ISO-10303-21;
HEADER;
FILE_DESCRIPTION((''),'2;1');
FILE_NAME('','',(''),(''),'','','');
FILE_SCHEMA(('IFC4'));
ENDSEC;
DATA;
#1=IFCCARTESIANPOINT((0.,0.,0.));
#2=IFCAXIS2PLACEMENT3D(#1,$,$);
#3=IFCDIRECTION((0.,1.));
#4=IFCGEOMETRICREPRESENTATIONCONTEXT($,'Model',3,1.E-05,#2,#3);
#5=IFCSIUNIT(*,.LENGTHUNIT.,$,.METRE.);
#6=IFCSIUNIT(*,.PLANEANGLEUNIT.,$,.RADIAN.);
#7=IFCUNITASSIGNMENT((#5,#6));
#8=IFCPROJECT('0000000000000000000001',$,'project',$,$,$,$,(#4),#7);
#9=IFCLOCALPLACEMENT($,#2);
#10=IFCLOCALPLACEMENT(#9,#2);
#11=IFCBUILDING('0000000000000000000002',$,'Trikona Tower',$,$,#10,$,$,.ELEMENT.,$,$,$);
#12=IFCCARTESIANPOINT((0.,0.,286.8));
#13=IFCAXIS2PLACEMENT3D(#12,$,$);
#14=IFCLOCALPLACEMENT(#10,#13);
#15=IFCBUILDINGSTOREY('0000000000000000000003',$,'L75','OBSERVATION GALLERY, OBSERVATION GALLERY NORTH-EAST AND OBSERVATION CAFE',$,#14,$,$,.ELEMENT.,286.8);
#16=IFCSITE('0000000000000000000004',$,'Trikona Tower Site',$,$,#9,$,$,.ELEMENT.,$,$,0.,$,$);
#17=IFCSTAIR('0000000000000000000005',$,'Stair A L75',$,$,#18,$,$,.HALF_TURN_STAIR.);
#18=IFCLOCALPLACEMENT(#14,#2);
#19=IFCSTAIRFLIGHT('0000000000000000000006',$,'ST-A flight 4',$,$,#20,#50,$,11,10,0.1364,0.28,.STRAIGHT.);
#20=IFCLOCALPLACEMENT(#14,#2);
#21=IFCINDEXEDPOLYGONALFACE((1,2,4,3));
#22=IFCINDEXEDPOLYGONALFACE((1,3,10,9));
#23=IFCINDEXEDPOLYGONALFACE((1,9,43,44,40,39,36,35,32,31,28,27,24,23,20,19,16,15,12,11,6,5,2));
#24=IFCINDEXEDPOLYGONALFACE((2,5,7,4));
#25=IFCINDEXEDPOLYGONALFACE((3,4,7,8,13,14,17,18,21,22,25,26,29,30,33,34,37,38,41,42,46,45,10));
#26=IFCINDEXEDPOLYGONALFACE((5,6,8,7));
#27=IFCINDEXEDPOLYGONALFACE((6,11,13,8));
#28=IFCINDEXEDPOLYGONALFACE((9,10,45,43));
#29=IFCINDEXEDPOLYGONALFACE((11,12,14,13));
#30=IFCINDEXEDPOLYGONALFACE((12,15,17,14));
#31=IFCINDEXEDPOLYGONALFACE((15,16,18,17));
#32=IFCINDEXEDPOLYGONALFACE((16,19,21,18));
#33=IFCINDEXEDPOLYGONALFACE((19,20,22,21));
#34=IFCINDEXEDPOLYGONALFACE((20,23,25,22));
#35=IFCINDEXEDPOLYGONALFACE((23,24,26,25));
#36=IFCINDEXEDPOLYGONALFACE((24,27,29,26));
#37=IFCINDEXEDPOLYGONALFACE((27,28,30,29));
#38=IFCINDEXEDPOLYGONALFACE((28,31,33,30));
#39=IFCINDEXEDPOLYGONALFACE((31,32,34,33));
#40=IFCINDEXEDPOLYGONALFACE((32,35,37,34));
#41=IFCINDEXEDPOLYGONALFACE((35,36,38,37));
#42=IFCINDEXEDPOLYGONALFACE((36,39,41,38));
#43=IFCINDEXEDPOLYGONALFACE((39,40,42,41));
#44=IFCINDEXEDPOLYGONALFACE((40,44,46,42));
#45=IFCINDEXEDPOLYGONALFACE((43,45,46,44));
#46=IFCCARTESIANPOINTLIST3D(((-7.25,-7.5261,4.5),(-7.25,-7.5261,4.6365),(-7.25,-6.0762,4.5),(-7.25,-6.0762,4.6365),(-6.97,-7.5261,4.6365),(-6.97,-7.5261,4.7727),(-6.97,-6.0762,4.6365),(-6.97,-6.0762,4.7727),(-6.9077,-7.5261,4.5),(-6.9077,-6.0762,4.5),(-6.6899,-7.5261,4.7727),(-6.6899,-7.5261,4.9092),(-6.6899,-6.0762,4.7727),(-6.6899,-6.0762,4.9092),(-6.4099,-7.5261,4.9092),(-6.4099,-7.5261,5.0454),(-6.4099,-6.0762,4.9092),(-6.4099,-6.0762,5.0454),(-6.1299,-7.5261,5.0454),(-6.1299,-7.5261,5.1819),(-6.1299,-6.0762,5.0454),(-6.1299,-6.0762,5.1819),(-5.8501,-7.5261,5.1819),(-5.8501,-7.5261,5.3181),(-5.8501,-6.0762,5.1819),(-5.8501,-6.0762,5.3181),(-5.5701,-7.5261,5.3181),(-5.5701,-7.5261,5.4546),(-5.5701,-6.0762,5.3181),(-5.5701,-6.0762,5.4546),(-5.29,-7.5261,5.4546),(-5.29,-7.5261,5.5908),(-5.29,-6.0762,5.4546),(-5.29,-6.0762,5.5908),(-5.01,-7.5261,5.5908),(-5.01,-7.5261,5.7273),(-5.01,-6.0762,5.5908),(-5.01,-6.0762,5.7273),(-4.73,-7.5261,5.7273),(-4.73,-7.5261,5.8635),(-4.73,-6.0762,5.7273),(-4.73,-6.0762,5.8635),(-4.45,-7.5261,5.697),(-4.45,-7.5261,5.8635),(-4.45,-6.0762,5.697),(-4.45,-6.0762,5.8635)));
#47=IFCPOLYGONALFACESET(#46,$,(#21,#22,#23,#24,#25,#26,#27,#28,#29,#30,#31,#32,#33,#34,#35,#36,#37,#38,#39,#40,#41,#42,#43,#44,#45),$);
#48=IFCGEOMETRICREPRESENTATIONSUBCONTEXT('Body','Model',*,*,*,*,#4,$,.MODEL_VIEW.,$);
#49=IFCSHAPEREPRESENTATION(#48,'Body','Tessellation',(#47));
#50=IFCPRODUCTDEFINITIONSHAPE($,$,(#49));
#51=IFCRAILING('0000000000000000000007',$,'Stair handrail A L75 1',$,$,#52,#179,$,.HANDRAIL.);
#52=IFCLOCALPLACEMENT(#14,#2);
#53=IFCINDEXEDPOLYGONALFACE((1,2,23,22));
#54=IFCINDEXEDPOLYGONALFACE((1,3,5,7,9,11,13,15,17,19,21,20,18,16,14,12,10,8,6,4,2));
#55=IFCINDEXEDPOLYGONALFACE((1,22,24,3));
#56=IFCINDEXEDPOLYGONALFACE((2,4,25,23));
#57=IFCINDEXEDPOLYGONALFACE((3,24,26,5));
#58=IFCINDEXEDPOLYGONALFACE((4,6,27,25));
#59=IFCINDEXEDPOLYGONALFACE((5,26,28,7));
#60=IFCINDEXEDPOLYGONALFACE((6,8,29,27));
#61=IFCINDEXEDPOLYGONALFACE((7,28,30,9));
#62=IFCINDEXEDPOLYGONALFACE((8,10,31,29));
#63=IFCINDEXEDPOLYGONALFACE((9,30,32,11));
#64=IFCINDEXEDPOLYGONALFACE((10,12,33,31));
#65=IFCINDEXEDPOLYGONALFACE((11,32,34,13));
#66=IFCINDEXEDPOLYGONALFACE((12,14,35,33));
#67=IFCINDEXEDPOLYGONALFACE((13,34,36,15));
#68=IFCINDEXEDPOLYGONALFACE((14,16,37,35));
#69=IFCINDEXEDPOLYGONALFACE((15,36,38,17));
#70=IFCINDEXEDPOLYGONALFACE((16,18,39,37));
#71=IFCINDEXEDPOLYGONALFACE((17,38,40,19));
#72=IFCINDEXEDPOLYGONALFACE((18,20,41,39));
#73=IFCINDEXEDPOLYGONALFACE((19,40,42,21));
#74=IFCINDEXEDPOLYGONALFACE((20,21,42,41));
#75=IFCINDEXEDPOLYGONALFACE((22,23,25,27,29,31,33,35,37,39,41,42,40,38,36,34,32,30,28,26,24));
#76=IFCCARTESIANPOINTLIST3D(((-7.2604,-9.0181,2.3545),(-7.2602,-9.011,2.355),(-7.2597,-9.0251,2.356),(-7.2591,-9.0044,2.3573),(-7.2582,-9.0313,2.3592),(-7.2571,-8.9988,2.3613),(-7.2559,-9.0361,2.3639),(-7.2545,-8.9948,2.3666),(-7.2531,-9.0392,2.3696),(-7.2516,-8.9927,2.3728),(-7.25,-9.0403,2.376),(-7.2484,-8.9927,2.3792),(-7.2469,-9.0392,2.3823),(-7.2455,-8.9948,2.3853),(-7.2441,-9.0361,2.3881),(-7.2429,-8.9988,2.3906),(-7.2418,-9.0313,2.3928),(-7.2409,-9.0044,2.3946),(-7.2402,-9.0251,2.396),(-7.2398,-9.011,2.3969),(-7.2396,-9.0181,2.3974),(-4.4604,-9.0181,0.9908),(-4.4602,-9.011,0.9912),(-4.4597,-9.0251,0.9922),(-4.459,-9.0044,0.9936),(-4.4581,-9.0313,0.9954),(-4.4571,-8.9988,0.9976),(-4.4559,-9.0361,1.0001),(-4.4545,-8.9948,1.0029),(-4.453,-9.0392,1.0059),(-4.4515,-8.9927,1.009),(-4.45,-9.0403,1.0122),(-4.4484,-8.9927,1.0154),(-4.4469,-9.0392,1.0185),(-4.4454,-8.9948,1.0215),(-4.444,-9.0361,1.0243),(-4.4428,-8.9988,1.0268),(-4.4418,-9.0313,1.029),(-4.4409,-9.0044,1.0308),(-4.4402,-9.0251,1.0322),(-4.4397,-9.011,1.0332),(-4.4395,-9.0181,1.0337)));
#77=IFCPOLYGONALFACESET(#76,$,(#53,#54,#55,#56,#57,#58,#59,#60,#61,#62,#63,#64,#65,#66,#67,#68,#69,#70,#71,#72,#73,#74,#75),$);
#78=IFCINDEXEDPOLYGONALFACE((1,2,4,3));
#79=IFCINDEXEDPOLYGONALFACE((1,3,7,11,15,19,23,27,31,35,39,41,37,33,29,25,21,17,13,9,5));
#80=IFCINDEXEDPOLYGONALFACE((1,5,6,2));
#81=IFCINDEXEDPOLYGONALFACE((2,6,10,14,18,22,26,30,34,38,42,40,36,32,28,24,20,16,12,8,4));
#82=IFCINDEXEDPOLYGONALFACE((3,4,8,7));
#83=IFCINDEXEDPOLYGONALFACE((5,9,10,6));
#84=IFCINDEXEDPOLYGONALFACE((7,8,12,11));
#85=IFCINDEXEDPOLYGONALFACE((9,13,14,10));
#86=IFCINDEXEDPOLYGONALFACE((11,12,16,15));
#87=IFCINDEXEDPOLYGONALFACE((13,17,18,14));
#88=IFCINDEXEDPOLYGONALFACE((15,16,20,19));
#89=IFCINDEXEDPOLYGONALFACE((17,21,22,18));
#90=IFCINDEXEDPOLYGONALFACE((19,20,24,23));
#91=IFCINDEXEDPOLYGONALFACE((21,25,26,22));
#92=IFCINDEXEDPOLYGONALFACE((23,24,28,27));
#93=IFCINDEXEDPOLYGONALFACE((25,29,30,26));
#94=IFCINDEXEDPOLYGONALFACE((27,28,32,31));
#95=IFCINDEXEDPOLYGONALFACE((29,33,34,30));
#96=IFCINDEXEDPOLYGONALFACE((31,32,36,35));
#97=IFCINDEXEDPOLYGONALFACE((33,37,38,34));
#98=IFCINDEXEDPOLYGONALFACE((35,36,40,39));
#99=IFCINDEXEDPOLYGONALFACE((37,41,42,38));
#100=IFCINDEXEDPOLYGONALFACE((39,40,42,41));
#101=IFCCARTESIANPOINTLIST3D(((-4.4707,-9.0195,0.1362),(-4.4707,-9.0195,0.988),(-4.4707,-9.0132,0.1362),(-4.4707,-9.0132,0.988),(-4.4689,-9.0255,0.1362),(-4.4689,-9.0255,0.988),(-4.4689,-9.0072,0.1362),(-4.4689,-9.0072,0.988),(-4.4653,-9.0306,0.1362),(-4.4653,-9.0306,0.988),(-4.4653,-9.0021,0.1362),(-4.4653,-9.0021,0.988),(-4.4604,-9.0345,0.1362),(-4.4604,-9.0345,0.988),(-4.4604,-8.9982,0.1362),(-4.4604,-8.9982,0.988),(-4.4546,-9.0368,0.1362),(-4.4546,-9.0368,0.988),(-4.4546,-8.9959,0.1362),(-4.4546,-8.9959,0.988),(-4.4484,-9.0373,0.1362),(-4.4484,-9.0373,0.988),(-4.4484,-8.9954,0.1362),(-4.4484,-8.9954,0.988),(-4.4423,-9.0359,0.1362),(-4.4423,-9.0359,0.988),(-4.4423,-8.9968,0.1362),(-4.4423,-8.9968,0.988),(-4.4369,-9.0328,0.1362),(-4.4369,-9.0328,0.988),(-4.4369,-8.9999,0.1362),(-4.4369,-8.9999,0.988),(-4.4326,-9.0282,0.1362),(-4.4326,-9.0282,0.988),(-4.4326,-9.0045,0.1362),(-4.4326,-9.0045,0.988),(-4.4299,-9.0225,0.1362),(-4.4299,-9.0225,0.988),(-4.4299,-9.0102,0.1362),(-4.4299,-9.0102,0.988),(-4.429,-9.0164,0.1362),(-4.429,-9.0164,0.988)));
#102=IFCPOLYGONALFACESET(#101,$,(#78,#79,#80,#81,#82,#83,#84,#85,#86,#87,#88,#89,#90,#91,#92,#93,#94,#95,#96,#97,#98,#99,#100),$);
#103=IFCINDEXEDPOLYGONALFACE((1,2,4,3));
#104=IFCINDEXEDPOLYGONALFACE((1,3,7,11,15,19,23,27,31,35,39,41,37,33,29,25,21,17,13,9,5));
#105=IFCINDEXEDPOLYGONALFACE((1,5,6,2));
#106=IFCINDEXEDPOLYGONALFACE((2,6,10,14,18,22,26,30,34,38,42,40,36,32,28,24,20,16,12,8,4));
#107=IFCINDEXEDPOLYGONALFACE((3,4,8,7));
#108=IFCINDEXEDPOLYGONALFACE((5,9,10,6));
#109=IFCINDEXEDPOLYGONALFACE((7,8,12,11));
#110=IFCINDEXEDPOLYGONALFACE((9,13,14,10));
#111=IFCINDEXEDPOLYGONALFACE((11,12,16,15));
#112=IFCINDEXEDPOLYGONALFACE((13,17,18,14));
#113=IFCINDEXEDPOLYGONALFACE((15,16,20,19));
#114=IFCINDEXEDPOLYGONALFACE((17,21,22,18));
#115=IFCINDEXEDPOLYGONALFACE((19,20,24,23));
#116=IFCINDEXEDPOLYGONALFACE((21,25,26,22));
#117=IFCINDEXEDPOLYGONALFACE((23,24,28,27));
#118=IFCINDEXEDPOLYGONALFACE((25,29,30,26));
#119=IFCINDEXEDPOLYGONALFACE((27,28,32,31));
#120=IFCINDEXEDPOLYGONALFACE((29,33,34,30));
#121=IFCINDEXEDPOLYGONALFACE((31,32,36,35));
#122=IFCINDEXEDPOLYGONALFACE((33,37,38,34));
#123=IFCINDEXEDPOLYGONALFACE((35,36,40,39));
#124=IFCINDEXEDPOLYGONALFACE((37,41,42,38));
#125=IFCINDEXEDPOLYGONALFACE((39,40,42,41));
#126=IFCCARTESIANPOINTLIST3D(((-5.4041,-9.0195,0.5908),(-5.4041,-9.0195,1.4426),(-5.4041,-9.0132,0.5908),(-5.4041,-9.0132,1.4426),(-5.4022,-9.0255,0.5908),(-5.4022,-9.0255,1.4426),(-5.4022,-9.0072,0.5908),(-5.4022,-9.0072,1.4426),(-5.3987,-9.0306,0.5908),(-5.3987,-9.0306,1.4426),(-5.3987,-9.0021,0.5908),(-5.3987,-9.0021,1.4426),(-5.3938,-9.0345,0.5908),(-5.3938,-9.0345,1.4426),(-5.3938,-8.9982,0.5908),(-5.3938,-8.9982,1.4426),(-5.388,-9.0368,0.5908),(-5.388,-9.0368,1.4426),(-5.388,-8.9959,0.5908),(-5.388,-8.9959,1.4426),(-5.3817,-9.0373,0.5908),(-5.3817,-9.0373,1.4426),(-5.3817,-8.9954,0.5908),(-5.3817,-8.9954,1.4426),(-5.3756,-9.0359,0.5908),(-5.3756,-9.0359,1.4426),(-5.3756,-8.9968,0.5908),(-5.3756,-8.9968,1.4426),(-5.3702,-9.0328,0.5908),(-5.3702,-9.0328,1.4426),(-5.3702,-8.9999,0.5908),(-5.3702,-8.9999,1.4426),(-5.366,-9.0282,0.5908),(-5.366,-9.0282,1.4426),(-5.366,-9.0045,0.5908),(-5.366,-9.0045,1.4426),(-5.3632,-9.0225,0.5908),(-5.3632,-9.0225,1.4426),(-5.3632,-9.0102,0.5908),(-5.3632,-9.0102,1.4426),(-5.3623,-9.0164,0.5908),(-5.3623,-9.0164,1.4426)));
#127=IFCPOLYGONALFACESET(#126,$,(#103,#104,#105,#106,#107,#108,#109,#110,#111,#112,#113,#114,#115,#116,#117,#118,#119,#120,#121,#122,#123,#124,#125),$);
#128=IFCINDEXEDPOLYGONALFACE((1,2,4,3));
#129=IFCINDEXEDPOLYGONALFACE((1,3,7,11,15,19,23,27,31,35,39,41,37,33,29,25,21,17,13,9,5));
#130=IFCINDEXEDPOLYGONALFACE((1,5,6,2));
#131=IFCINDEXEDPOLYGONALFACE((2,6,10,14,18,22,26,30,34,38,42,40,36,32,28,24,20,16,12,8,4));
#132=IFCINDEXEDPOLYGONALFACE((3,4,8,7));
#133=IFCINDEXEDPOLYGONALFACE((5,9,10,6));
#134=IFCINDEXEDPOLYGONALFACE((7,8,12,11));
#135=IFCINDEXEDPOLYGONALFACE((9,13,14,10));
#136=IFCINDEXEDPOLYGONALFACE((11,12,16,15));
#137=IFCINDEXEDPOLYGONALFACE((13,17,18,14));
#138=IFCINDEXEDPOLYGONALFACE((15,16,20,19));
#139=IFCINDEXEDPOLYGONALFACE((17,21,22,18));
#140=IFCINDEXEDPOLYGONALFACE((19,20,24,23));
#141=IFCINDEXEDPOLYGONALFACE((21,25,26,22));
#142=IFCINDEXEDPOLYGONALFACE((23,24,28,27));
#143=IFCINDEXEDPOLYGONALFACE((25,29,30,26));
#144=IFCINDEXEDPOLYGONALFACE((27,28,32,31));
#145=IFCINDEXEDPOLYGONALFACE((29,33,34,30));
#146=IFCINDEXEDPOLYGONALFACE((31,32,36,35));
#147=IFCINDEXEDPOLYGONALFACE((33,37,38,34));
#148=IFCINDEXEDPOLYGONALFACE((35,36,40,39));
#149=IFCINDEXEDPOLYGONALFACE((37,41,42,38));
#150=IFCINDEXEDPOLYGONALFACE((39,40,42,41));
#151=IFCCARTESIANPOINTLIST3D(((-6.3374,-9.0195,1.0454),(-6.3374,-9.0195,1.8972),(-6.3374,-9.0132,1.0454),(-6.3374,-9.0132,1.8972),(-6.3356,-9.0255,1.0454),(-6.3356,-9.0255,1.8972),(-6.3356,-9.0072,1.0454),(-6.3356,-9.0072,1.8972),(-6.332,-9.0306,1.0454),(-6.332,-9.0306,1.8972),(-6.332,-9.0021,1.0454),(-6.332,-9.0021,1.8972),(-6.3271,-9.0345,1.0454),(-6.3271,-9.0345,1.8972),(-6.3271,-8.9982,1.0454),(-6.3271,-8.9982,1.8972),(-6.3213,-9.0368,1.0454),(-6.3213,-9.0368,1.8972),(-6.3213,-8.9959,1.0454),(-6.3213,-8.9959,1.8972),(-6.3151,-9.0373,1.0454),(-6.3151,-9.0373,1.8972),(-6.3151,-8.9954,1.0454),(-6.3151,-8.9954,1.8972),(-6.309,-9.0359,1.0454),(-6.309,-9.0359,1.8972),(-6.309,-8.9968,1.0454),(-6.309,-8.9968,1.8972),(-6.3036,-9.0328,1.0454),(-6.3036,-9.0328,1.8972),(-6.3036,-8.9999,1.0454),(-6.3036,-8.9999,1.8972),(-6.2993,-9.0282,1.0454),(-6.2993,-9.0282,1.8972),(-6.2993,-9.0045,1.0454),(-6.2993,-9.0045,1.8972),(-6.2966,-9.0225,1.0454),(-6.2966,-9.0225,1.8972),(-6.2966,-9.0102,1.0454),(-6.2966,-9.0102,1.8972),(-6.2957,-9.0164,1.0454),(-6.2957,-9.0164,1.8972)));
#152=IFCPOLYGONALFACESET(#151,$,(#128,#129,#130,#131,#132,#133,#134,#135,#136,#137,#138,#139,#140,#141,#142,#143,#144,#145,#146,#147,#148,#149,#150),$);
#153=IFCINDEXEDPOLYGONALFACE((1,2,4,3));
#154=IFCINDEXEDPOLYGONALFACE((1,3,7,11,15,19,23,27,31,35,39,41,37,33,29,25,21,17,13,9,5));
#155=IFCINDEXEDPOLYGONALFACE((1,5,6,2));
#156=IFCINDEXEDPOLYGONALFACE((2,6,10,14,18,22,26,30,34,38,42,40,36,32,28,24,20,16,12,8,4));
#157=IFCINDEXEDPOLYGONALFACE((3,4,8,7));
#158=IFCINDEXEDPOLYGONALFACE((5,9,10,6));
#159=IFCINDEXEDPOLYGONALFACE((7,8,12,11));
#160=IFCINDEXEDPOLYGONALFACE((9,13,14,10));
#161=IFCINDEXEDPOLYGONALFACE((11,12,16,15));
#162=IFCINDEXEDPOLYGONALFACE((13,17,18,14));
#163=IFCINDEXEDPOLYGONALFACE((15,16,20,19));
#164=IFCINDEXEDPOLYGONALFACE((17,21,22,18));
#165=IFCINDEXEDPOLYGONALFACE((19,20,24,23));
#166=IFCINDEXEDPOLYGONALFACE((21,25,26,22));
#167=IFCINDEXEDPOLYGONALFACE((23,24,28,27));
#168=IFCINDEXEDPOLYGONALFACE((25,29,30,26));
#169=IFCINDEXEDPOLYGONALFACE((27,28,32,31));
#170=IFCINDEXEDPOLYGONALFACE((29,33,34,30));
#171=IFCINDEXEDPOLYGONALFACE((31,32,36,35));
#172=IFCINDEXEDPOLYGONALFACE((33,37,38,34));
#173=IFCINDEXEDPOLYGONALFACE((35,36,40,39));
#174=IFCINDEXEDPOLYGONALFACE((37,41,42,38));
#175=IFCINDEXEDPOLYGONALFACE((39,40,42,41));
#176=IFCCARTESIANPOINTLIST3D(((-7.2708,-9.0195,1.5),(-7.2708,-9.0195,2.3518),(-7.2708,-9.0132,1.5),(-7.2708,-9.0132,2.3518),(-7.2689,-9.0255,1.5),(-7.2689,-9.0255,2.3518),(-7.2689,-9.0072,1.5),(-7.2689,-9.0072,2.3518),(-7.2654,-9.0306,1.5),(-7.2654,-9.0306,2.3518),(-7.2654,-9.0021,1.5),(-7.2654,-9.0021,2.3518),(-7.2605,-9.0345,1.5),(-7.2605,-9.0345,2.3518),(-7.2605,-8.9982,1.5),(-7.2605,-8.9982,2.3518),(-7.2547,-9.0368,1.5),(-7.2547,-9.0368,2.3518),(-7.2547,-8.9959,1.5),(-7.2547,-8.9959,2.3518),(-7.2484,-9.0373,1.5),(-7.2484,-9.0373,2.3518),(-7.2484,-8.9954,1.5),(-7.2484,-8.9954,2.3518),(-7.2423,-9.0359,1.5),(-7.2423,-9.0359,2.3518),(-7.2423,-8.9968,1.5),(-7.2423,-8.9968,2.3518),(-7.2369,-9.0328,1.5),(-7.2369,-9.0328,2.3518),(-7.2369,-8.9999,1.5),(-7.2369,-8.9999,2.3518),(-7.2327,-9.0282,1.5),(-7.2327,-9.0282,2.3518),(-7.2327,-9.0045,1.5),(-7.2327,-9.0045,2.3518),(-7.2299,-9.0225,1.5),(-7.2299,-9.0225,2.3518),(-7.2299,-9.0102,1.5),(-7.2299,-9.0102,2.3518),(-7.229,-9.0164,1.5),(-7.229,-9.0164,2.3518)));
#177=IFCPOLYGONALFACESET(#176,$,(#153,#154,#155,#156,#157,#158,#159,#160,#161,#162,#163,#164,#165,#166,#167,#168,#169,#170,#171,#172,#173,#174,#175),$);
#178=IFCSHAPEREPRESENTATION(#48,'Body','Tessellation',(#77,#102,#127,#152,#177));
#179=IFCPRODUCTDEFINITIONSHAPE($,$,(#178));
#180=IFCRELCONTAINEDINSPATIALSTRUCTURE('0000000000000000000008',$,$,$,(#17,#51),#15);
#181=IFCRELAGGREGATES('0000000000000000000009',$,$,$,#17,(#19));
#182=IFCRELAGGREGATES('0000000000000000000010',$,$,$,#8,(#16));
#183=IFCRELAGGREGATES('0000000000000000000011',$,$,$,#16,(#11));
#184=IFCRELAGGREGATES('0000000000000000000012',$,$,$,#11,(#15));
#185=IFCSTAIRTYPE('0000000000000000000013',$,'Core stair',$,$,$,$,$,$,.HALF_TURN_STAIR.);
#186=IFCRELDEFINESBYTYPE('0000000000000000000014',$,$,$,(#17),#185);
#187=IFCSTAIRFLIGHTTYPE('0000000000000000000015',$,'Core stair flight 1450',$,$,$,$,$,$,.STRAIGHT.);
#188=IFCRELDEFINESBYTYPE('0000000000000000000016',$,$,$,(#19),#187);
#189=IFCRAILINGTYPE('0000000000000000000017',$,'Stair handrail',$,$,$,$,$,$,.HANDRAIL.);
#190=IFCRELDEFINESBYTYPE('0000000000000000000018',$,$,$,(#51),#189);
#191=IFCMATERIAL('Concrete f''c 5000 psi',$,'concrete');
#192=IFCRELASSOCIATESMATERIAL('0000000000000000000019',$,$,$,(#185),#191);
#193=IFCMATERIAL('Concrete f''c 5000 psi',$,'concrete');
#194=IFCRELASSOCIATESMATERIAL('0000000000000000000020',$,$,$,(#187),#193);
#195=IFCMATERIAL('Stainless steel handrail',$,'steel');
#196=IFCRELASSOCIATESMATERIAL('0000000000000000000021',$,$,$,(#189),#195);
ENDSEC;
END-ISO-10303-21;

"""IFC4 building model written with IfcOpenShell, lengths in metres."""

from ifc_helpers import new_model, si_unit, direction, frame, origin, origin_2d, place, context, subcontext, project, spatial, polyline, circle, outline, extrude, material, type_object, element, aggregate, save


model = new_model("IFC4")

# Units and contexts
model_context = context("Model", 3, precision=1e-05, world=origin(), true_north=direction((0.0, 1.0)))
body_context = subcontext(model_context, "Body", "Model", "MODEL_VIEW")
ifc_project = project(units=[si_unit("LENGTHUNIT", "METRE"), si_unit("PLANEANGLEUNIT", "RADIAN")], contexts=[model_context])

# Site, building, storey
site_placement = place(None, origin())
site = spatial("IfcSite", under=ifc_project, at=site_placement, Name="Trikona Tower Site", CompositionType="ELEMENT", RefElevation=0.0)
building_placement = place(site_placement, origin())
building = spatial("IfcBuilding", under=site, at=building_placement, Name="Trikona Tower", CompositionType="ELEMENT")
storey_placement = place(building_placement, frame((0.0, 0.0, 286.8)))
storey = spatial("IfcBuildingStorey", under=building, at=storey_placement, Name="L75", Description="OBSERVATION GALLERY, OBSERVATION GALLERY NORTH-EAST AND OBSERVATION CAFE", CompositionType="ELEMENT", Elevation=286.8)

# Stair, stair flight
ifc_material_1 = material(Name="Concrete f'c 5000 psi", Category="concrete")
stair_type = type_object("IfcStairType", Name="Core stair", PredefinedType="HALF_TURN_STAIR", material=ifc_material_1)
stair_placement = place(storey_placement, origin())
stair = element("IfcStair", 1, at=stair_placement, inside=storey, type_object=stair_type, Name="Stair A L75", PredefinedType="HALF_TURN_STAIR")
ifc_material_2 = material(Name="Concrete f'c 5000 psi", Category="concrete")
stair_flight_type = type_object("IfcStairFlightType", Name="Core stair flight 1450", PredefinedType="STRAIGHT", material=ifc_material_2)
stair_flight_1_placement = place(storey_placement, frame((-7.25, -6.8013, 4.5), z_axis=(0.0, 0.0, 1.0), x_axis=(1.0, 0.0, 0.0)))
stair_flight_1 = element("IfcStairFlight", 2, at=stair_flight_1_placement, type_object=stair_flight_type, Name="ST-A flight 4", NumberOfRisers=11, NumberOfTreads=10, PredefinedType="STRAIGHT", RiserHeight=0.1364, TreadLength=0.28, context=body_context, shape_type="SweptSolid", body=[
    extrude(outline(polyline([(0.0, 0.0), (0.0, 0.1365), (0.28, 0.1365), (0.28, 0.2727), (0.5601, 0.2727), (0.5601, 0.4092), (0.8401, 0.4092), (0.8401, 0.5454), (1.1201, 0.5454), (1.1201, 0.6819), (1.3999, 0.6819), (1.3999, 0.8181), (1.6799, 0.8181), (1.6799, 0.9546), (1.96, 0.9546), (1.96, 1.0908), (2.24, 1.0908), (2.24, 1.2273), (2.52, 1.2273), (2.52, 1.3635), (2.8, 1.3635), (2.8, 1.5), (2.8, 1.197), (0.3423, 0.0), (0.0, 0.0)])), frame((0.0, 0.7251, 0.0), z_axis=(0.0, -1.0, 0.0), x_axis=(1.0, 0.0, 0.0)), (0.0, 0.0, 1.0), 1.45),
])
aggregate(stair, [stair_flight_1])

# Railing
ifc_material_3 = material(Name="Stainless steel handrail", Category="steel")
railing_type = type_object("IfcRailingType", Name="Stair handrail", PredefinedType="HANDRAIL", material=ifc_material_3)
railing_1_placement = place(storey_placement, frame((-4.45, -9.0164, 0.1362)))
element("IfcRailing", 3, at=railing_1_placement, inside=storey, type_object=railing_type, Name="Stair handrail A L75 1", PredefinedType="HANDRAIL", context=body_context, shape_type="SweptSolid", body=[
    extrude(circle(Radius=0.0239, at=origin_2d()), frame((0.0, 0.0, 0.876), z_axis=(-0.899035, 0.0, 0.437877), x_axis=(0.0, -1.0, 0.0)), (0.0, 0.0, 1.0), 3.1145),
    extrude(circle(Radius=0.021, at=origin_2d()), origin(), (0.0, 0.0, 1.0), 0.8518),
    extrude(circle(Radius=0.021, at=origin_2d()), frame((-0.9333, 0.0, 0.4546)), (0.0, 0.0, 1.0), 0.8518),
    extrude(circle(Radius=0.021, at=origin_2d()), frame((-1.8667, 0.0, 0.9092)), (0.0, 0.0, 1.0), 0.8518),
    extrude(circle(Radius=0.021, at=origin_2d()), frame((-2.8, 0.0, 1.3638)), (0.0, 0.0, 1.0), 0.8518),
])

save(model, "model.ifc")
